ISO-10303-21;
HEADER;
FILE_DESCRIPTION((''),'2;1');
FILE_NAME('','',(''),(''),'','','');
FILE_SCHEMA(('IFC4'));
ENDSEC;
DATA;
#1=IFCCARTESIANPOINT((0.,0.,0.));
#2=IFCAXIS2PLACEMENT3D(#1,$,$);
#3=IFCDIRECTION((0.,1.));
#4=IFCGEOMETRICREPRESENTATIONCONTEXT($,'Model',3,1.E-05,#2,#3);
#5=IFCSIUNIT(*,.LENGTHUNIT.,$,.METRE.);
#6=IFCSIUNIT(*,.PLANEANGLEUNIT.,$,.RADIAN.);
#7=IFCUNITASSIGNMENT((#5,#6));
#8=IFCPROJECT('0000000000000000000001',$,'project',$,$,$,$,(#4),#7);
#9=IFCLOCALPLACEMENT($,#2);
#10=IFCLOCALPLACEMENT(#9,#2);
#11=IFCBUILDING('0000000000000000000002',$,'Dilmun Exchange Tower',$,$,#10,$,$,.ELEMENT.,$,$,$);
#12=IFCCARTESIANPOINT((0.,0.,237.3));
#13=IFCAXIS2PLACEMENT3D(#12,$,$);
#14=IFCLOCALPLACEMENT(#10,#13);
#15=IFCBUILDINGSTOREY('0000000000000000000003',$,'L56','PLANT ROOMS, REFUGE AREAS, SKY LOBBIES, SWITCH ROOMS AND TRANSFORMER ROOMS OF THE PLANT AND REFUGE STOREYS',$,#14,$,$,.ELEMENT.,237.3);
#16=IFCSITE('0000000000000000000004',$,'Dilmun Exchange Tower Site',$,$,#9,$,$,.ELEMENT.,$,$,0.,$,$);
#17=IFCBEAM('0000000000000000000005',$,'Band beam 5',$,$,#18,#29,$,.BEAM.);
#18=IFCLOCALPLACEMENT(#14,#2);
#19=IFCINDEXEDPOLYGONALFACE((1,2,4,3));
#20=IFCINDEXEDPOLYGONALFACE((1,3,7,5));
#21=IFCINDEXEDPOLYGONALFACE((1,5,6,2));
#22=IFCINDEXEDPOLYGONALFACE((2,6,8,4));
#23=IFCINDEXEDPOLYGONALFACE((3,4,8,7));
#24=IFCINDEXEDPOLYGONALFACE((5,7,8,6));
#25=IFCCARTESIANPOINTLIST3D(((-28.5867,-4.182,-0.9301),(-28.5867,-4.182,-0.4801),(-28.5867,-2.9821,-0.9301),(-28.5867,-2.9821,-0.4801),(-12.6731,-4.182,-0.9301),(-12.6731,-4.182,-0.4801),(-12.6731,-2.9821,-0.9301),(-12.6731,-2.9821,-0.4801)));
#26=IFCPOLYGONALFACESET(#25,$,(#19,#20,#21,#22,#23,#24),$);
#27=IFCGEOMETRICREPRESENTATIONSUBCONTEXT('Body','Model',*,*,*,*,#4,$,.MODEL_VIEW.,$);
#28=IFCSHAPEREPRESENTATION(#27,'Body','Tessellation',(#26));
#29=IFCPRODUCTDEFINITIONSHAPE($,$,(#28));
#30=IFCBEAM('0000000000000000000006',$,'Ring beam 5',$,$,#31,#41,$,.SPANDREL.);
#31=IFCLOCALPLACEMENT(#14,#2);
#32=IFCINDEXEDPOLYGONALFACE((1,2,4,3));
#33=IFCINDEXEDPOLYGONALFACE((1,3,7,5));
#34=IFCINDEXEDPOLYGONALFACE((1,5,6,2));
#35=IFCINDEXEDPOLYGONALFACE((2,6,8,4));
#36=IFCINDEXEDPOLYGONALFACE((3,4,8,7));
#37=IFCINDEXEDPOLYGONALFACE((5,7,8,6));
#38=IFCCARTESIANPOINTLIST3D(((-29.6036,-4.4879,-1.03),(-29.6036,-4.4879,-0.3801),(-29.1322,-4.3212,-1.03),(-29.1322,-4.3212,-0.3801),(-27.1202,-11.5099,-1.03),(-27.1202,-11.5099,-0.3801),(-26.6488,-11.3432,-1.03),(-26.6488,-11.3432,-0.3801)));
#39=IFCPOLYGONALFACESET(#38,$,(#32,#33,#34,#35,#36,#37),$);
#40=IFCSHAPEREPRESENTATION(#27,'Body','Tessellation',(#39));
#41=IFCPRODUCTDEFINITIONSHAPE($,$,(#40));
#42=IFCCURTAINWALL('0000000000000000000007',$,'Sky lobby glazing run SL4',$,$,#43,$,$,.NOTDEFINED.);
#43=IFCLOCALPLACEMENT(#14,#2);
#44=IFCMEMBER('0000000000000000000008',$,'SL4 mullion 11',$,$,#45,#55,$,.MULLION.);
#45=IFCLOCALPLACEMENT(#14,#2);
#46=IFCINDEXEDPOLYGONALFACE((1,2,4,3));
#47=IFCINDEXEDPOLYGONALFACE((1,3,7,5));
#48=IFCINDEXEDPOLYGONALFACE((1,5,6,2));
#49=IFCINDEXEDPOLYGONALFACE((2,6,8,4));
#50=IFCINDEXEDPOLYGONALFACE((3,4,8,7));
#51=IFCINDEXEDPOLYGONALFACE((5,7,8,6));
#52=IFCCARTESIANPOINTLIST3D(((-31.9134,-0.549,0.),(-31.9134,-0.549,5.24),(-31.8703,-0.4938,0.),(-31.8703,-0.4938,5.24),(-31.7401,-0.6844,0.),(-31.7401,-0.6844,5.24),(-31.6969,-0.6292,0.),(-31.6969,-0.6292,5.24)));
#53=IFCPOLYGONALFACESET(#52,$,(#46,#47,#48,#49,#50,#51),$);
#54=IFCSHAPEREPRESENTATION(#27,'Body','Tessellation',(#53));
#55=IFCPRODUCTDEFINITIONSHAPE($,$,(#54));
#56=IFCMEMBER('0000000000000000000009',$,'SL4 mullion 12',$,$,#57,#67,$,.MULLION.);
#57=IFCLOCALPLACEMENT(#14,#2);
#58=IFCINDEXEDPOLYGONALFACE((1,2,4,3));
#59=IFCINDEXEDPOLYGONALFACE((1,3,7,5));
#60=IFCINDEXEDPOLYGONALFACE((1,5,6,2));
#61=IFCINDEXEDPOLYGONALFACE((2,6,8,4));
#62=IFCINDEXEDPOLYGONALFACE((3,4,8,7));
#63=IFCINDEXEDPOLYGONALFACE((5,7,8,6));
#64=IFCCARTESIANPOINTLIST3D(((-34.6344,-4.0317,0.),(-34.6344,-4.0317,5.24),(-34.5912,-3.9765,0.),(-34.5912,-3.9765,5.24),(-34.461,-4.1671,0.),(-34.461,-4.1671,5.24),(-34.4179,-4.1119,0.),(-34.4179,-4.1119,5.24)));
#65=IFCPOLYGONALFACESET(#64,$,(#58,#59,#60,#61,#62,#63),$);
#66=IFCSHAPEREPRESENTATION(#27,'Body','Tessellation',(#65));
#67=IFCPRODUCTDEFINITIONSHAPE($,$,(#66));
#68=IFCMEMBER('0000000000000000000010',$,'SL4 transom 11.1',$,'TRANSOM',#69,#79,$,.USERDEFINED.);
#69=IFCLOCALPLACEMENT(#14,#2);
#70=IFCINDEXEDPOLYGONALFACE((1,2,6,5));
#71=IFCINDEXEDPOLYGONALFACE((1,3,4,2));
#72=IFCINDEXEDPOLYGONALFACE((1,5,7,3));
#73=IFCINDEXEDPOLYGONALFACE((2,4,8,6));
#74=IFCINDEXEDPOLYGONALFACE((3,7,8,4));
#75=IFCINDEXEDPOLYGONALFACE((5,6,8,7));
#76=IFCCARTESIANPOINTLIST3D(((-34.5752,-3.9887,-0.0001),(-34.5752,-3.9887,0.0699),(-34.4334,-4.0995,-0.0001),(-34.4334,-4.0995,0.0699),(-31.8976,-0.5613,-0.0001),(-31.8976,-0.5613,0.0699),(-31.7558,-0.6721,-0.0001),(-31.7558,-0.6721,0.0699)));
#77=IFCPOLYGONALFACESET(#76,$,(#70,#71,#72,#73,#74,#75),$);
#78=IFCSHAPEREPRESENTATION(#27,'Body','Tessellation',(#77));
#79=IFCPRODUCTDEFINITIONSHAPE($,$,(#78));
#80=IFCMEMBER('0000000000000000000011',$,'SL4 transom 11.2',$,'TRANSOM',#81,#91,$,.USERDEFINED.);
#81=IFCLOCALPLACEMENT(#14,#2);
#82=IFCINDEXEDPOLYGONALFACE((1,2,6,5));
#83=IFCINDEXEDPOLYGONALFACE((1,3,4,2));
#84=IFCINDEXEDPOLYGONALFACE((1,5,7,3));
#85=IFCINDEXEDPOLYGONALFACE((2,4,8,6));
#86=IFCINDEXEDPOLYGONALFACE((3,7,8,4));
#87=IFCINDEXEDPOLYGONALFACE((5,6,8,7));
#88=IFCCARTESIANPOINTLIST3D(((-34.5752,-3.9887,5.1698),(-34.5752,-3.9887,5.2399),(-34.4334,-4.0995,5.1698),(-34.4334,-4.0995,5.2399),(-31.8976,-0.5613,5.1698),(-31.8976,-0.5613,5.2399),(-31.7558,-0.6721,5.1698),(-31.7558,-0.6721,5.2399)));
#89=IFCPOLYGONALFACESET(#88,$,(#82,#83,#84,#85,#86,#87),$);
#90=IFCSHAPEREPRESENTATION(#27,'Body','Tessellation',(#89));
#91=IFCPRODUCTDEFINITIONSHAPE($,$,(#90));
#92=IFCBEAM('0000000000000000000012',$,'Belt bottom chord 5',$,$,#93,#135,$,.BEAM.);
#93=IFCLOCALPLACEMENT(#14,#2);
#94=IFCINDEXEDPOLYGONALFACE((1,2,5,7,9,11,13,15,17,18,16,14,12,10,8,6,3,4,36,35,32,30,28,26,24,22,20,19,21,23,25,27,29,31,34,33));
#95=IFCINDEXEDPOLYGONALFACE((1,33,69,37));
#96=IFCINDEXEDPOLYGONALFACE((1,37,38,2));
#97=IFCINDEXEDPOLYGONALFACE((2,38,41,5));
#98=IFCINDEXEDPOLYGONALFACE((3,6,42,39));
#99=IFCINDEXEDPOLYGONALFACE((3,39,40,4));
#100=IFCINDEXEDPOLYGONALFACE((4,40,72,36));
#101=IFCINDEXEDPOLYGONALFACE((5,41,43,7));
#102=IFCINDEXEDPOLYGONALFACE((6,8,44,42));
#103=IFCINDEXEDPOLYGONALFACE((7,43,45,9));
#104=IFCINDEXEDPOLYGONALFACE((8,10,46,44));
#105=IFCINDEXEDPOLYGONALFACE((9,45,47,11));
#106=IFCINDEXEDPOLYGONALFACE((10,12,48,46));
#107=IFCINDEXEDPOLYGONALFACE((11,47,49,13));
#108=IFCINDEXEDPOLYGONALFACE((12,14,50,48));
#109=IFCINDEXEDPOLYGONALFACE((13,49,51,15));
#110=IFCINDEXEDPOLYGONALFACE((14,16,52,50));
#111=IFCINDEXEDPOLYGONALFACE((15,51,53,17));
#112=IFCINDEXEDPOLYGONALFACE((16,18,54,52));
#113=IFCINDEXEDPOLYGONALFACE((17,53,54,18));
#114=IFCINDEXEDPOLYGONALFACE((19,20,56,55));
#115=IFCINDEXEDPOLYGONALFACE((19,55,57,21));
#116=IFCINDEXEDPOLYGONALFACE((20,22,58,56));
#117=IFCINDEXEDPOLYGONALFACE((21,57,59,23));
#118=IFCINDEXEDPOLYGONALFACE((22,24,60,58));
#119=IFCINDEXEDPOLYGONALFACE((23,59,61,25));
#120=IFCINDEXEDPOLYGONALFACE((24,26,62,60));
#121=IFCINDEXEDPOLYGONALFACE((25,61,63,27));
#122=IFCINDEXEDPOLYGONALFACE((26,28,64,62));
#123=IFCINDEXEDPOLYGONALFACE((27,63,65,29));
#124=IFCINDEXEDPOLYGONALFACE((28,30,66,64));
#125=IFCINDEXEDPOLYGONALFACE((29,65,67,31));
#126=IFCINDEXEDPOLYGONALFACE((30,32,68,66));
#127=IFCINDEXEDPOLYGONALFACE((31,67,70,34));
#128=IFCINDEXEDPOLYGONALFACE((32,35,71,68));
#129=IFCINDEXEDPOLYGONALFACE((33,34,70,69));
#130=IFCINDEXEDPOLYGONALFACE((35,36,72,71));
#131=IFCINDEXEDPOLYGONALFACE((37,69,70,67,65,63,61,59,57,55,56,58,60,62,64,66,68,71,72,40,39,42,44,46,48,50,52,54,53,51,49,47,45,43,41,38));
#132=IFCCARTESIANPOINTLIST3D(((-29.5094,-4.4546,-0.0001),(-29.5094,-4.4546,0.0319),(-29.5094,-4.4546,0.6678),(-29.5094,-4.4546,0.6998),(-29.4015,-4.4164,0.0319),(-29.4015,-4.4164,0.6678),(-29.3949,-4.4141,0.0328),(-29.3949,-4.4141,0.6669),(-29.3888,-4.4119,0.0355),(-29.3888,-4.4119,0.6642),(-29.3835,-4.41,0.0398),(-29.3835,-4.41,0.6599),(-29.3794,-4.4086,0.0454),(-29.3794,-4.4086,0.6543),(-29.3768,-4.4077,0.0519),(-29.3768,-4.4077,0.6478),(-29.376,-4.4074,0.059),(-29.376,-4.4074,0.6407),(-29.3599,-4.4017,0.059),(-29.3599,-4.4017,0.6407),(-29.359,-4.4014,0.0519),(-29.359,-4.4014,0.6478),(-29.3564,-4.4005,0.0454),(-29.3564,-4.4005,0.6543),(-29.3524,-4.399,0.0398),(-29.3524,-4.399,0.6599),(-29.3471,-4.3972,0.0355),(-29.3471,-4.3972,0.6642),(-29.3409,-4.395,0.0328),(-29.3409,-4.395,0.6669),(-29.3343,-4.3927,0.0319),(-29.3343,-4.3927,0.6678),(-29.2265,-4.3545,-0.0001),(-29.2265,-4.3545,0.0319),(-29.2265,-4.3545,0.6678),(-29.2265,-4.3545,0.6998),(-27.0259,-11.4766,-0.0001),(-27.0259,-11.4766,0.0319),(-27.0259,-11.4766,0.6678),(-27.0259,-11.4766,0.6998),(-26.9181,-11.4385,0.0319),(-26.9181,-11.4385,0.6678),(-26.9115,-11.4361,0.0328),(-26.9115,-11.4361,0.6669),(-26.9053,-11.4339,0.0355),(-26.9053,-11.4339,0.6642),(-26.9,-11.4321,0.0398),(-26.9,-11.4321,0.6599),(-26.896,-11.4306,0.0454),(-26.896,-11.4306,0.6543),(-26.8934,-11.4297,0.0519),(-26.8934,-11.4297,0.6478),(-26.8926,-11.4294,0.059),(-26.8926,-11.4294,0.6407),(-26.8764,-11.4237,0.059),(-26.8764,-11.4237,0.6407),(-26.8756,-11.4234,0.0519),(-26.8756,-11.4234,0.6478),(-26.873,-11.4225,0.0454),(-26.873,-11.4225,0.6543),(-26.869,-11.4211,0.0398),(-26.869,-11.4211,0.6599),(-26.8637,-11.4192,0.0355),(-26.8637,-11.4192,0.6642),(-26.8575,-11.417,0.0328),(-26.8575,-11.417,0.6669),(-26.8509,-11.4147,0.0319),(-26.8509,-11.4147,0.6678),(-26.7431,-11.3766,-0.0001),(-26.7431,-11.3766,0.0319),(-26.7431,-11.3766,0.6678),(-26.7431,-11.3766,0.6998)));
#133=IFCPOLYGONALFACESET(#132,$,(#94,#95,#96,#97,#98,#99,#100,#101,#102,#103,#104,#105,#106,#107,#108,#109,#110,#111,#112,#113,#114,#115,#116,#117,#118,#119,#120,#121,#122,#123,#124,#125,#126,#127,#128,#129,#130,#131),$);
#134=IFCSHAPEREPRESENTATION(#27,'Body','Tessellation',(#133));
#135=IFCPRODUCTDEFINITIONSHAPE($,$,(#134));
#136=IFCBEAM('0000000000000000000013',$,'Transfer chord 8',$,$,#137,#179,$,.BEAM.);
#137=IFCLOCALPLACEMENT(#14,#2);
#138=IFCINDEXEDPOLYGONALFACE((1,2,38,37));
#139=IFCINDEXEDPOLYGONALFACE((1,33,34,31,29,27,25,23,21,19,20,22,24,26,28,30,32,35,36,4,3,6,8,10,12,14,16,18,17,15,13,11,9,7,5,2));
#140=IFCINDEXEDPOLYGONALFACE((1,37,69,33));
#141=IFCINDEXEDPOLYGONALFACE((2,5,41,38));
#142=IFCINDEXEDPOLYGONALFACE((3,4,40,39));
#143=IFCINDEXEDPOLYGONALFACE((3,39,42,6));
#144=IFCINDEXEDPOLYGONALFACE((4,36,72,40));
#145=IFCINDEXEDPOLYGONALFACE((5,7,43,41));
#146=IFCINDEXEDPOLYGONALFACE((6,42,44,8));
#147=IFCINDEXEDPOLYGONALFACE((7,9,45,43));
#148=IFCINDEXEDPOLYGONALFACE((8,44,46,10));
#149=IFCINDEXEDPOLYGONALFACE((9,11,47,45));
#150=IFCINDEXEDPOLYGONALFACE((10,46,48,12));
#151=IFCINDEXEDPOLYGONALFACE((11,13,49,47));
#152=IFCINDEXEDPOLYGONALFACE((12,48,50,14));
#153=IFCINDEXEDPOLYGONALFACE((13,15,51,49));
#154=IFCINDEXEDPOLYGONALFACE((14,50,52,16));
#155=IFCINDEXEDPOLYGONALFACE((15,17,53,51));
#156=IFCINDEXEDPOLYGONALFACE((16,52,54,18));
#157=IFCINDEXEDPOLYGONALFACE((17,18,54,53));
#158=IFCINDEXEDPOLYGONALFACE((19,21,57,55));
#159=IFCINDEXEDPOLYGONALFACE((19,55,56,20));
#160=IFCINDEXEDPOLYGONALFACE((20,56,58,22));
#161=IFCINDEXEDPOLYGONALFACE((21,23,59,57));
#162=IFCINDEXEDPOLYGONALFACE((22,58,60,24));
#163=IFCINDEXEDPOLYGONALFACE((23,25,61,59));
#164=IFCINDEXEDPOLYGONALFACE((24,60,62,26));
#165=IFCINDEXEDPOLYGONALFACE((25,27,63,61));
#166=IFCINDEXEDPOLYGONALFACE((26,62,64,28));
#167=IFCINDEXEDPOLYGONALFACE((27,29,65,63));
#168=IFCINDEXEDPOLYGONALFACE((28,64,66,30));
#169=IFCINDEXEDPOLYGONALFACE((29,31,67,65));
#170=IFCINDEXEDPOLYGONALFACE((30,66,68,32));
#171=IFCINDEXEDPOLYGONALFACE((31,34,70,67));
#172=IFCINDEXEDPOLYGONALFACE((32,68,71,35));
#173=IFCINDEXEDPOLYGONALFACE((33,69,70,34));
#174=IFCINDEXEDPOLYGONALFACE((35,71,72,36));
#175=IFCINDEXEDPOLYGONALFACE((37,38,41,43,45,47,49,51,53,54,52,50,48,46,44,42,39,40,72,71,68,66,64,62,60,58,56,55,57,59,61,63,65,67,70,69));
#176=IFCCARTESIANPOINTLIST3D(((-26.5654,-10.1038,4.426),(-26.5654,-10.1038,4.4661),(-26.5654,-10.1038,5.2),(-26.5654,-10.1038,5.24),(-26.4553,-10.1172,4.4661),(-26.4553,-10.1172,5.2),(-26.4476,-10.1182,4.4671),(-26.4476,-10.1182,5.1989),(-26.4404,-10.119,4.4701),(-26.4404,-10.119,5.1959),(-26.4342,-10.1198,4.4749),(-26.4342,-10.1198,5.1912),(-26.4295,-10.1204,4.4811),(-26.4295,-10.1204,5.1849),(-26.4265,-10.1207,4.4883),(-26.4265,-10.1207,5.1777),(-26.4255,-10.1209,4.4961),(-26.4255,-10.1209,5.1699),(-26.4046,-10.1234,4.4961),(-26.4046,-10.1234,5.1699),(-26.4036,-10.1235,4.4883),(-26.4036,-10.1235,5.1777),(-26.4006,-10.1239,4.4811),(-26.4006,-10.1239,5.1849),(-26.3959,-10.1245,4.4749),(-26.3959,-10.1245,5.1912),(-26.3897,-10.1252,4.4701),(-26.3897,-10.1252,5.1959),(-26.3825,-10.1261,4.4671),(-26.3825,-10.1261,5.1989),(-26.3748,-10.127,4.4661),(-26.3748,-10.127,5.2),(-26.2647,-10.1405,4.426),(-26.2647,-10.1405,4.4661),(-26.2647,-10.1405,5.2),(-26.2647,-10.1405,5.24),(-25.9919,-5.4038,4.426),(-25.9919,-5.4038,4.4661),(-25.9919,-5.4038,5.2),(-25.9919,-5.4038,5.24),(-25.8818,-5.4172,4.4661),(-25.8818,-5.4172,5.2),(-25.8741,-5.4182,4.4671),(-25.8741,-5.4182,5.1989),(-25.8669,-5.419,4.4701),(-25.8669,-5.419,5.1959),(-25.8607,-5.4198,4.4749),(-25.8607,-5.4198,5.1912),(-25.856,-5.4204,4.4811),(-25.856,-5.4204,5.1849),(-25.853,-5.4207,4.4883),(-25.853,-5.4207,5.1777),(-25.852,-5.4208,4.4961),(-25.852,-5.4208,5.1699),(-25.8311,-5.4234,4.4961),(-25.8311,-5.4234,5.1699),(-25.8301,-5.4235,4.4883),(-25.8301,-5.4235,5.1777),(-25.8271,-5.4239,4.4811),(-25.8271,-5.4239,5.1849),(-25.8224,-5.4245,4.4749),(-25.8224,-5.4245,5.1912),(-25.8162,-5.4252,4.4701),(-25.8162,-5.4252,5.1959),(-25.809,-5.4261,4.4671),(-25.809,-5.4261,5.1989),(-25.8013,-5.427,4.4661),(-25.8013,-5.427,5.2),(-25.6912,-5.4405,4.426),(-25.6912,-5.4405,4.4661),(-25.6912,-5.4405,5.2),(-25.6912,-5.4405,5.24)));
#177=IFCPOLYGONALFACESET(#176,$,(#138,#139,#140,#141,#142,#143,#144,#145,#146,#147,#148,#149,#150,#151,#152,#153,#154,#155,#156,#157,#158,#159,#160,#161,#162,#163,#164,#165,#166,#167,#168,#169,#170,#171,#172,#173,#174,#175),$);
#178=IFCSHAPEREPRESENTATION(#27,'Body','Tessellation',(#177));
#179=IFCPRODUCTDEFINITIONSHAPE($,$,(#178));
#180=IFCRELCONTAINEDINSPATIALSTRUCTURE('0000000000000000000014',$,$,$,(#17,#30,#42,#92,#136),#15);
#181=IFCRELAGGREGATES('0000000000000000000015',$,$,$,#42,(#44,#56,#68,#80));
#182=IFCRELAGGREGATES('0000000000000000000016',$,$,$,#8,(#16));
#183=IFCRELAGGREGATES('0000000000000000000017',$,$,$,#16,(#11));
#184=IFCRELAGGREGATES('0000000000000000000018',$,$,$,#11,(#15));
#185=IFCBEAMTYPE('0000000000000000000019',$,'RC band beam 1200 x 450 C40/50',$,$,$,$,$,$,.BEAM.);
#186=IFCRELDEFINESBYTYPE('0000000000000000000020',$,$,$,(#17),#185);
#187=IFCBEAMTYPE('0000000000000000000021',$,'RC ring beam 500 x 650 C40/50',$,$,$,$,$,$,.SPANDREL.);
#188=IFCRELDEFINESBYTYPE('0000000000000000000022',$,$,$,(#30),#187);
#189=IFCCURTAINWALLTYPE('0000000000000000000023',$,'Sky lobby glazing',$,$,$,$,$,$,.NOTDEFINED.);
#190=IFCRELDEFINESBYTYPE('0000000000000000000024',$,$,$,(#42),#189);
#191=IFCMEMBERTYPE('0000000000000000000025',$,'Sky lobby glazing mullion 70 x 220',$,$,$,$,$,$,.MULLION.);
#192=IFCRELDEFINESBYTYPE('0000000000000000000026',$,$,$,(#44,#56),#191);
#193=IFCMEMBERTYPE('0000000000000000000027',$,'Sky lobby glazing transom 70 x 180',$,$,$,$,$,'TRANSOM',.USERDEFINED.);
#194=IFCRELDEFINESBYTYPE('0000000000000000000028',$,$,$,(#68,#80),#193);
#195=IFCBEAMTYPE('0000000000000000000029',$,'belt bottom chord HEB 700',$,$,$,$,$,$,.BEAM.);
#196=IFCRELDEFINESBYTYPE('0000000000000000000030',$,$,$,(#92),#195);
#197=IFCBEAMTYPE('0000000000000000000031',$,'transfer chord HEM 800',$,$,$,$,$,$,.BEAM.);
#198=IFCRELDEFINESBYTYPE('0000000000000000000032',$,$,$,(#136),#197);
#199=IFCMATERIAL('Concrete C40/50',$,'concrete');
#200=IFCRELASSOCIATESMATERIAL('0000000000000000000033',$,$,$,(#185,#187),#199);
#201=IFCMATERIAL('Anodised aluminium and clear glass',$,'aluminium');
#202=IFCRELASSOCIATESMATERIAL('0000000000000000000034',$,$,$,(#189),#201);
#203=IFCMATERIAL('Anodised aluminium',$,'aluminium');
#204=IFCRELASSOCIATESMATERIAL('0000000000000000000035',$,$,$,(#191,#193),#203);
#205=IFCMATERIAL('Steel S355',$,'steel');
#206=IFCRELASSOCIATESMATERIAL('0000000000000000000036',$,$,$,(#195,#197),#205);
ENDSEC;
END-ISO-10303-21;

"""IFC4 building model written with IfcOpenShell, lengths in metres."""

from ifc_helpers import new_model, si_unit, direction, frame, origin, origin_2d, place, context, subcontext, project, spatial, rectangle, i_section, extrude, material, material_profile, profile_set, type_object, element, aggregate, save


model = new_model("IFC4")

# Units and contexts
model_context = context("Model", 3, precision=1e-05, world=origin(), true_north=direction((0.0, 1.0)))
body_context = subcontext(model_context, "Body", "Model", "MODEL_VIEW")
ifc_project = project(units=[si_unit("LENGTHUNIT", "METRE"), si_unit("PLANEANGLEUNIT", "RADIAN")], contexts=[model_context])

# Site, building, storey
site_placement = place(None, origin())
site = spatial("IfcSite", under=ifc_project, at=site_placement, Name="Dilmun Exchange Tower Site", CompositionType="ELEMENT", RefElevation=0.0)
building_placement = place(site_placement, origin())
building = spatial("IfcBuilding", under=site, at=building_placement, Name="Dilmun Exchange Tower", CompositionType="ELEMENT")
storey_placement = place(building_placement, frame((0.0, 0.0, 237.3)))
storey = spatial("IfcBuildingStorey", under=building, at=storey_placement, Name="L56", Description="PLANT ROOMS, REFUGE AREAS, SKY LOBBIES, SWITCH ROOMS AND TRANSFORMER ROOMS OF THE PLANT AND REFUGE STOREYS", CompositionType="ELEMENT", Elevation=237.3)

# Beams
ifc_material_1 = material(Name="Concrete C40/50", Category="concrete")
ifc_material_profile_1 = material_profile(ifc_material_1, rectangle(XDim=1.2, YDim=0.45, at=origin_2d()), Name="1200 x 450")
ifc_profile_set_1 = profile_set([ifc_material_profile_1], Name="Concrete C40/50")
beam_type_1 = type_object("IfcBeamType", Name="RC band beam 1200 x 450 C40/50", PredefinedType="BEAM", material=ifc_profile_set_1)
beam_1_placement = place(storey_placement, frame((-28.5867, -3.582, -0.7051), z_axis=(1.0, 0.0, 0.0), x_axis=(0.0, 1.0, 0.0)))
element("IfcBeam", 1, at=beam_1_placement, inside=storey, type_object=beam_type_1, Name="Band beam 5", PredefinedType="BEAM", context=body_context, shape_type="SweptSolid", body=[
    extrude(rectangle(XDim=1.2, YDim=0.45, at=origin_2d()), origin(), (0.0, 0.0, 1.0), 15.9136),
])
ifc_material_profile_2 = material_profile(ifc_material_1, rectangle(XDim=0.5, YDim=0.6499, at=origin_2d()), Name="500 x 650")
ifc_profile_set_2 = profile_set([ifc_material_profile_2], Name="Concrete C40/50")
beam_type_2 = type_object("IfcBeamType", Name="RC ring beam 500 x 650 C40/50", PredefinedType="SPANDREL", material=ifc_profile_set_2)
beam_2_placement = place(storey_placement, frame((-29.3679, -4.4045, -0.7051), z_axis=(0.333424, -0.942777, 0.0), x_axis=(0.942777, 0.333424, 0.0)))
element("IfcBeam", 2, at=beam_2_placement, inside=storey, type_object=beam_type_2, Name="Ring beam 5", PredefinedType="SPANDREL", context=body_context, shape_type="SweptSolid", body=[
    extrude(rectangle(XDim=0.5, YDim=0.6499, at=origin_2d()), origin(), (0.0, 0.0, 1.0), 7.4482),
])

# Curtain wall, members
ifc_material_2 = material(Name="Anodised aluminium and clear glass", Category="aluminium")
curtain_wall_type = type_object("IfcCurtainWallType", Name="Sky lobby glazing", PredefinedType="NOTDEFINED", material=ifc_material_2)
curtain_wall_placement = place(storey_placement, origin())
curtain_wall = element("IfcCurtainWall", 3, at=curtain_wall_placement, inside=storey, type_object=curtain_wall_type, Name="Sky lobby glazing run SL4", PredefinedType="NOTDEFINED")
ifc_material_3 = material(Name="Anodised aluminium", Category="aluminium")
ifc_material_profile_3 = material_profile(ifc_material_3, rectangle(XDim=0.22, YDim=0.0701, at=origin_2d()), Name="AL 70x220")
ifc_profile_set_3 = profile_set([ifc_material_profile_3], Name="Anodised aluminium")
member_type_1 = type_object("IfcMemberType", Name="Sky lobby glazing mullion 70 x 220", PredefinedType="MULLION", material=ifc_profile_set_3)
member_1_placement = place(storey_placement, frame((-31.8052, -0.5891, 0.0), z_axis=(0.0, 0.0, 1.0), x_axis=(0.788011, -0.615662, 0.0)))
member_1 = element("IfcMember", 4, at=member_1_placement, type_object=member_type_1, Name="SL4 mullion 11", PredefinedType="MULLION", context=body_context, shape_type="SweptSolid", body=[
    extrude(rectangle(XDim=0.22, YDim=0.0701, at=origin_2d()), origin(), (0.0, 0.0, 1.0), 5.24),
])
member_2_placement = place(storey_placement, frame((-34.5261, -4.0718, 0.0), z_axis=(0.0, 0.0, 1.0), x_axis=(0.788011, -0.615662, 0.0)))
member_2 = element("IfcMember", 5, at=member_2_placement, type_object=member_type_1, Name="SL4 mullion 12", PredefinedType="MULLION", context=body_context, shape_type="SweptSolid", body=[
    extrude(rectangle(XDim=0.22, YDim=0.0701, at=origin_2d()), origin(), (0.0, 0.0, 1.0), 5.24),
])
ifc_material_profile_4 = material_profile(ifc_material_3, rectangle(XDim=0.1799, YDim=0.0701, at=origin_2d()), Name="AL 70x180")
ifc_profile_set_4 = profile_set([ifc_material_profile_4], Name="Anodised aluminium")
member_type_2 = type_object("IfcMemberType", Name="Sky lobby glazing transom 70 x 180", ElementType="TRANSOM", PredefinedType="USERDEFINED", material=ifc_profile_set_4)
member_3_placement = place(storey_placement, frame((-31.8267, -0.6167, 0.0349), z_axis=(-0.615645, -0.788024, 0.0), x_axis=(0.788024, -0.615645, 0.0)))
member_3 = element("IfcMember", 6, at=member_3_placement, type_object=member_type_2, Name="SL4 transom 11.1", ObjectType="TRANSOM", PredefinedType="USERDEFINED", context=body_context, shape_type="SweptSolid", body=[
    extrude(rectangle(XDim=0.1799, YDim=0.0701, at=origin_2d()), origin(), (0.0, 0.0, 1.0), 4.3494),
])
member_4_placement = place(storey_placement, frame((-31.8267, -0.6167, 5.2048), z_axis=(-0.615645, -0.788024, 0.0), x_axis=(0.788024, -0.615645, 0.0)))
member_4 = element("IfcMember", 7, at=member_4_placement, type_object=member_type_2, Name="SL4 transom 11.2", ObjectType="TRANSOM", PredefinedType="USERDEFINED", context=body_context, shape_type="SweptSolid", body=[
    extrude(rectangle(XDim=0.1799, YDim=0.0701, at=origin_2d()), origin(), (0.0, 0.0, 1.0), 4.3494),
])

# Beams
ifc_material_4 = material(Name="Steel S355", Category="steel")
ifc_material_profile_5 = material_profile(ifc_material_4, i_section(OverallWidth=0.3, OverallDepth=0.7, WebThickness=0.0171, FlangeThickness=0.032, FilletRadius=0.0271, at=origin_2d()), Name="HEB 700")
ifc_profile_set_5 = profile_set([ifc_material_profile_5], Name="Steel S355")
beam_type_3 = type_object("IfcBeamType", Name="belt bottom chord HEB 700", PredefinedType="BEAM", material=ifc_profile_set_5)
beam_3_placement = place(storey_placement, frame((-29.3679, -4.4045, 0.3499), z_axis=(0.333424, -0.942777, 0.0), x_axis=(0.942777, 0.333424, 0.0)))
element("IfcBeam", 8, at=beam_3_placement, inside=storey, type_object=beam_type_3, Name="Belt bottom chord 5", PredefinedType="BEAM", context=body_context, shape_type="SweptSolid", body=[
    extrude(i_section(OverallWidth=0.3, OverallDepth=0.7, WebThickness=0.0171, FlangeThickness=0.032, FilletRadius=0.0271, at=origin_2d()), origin(), (0.0, 0.0, 1.0), 7.4482),
])
ifc_material_profile_6 = material_profile(ifc_material_4, i_section(OverallWidth=0.303, OverallDepth=0.814, WebThickness=0.021, FlangeThickness=0.04, FilletRadius=0.03, at=origin_2d()), Name="HEM 800")
ifc_profile_set_6 = profile_set([ifc_material_profile_6], Name="Steel S355")
beam_type_4 = type_object("IfcBeamType", Name="transfer chord HEM 800", PredefinedType="BEAM", material=ifc_profile_set_6)
beam_4_placement = place(storey_placement, frame((-25.8416, -5.4221, 4.833), z_axis=(-0.121121, -0.992638, 0.0), x_axis=(0.992638, -0.121121, 0.0)))
element("IfcBeam", 9, at=beam_4_placement, inside=storey, type_object=beam_type_4, Name="Transfer chord 8", PredefinedType="BEAM", context=body_context, shape_type="SweptSolid", body=[
    extrude(i_section(OverallWidth=0.303, OverallDepth=0.814, WebThickness=0.021, FlangeThickness=0.04, FilletRadius=0.03, at=origin_2d()), origin(), (0.0, 0.0, 1.0), 4.7349),
])

aggregate(curtain_wall, [member_1, member_2, member_3, member_4])

save(model, "model.ifc")
